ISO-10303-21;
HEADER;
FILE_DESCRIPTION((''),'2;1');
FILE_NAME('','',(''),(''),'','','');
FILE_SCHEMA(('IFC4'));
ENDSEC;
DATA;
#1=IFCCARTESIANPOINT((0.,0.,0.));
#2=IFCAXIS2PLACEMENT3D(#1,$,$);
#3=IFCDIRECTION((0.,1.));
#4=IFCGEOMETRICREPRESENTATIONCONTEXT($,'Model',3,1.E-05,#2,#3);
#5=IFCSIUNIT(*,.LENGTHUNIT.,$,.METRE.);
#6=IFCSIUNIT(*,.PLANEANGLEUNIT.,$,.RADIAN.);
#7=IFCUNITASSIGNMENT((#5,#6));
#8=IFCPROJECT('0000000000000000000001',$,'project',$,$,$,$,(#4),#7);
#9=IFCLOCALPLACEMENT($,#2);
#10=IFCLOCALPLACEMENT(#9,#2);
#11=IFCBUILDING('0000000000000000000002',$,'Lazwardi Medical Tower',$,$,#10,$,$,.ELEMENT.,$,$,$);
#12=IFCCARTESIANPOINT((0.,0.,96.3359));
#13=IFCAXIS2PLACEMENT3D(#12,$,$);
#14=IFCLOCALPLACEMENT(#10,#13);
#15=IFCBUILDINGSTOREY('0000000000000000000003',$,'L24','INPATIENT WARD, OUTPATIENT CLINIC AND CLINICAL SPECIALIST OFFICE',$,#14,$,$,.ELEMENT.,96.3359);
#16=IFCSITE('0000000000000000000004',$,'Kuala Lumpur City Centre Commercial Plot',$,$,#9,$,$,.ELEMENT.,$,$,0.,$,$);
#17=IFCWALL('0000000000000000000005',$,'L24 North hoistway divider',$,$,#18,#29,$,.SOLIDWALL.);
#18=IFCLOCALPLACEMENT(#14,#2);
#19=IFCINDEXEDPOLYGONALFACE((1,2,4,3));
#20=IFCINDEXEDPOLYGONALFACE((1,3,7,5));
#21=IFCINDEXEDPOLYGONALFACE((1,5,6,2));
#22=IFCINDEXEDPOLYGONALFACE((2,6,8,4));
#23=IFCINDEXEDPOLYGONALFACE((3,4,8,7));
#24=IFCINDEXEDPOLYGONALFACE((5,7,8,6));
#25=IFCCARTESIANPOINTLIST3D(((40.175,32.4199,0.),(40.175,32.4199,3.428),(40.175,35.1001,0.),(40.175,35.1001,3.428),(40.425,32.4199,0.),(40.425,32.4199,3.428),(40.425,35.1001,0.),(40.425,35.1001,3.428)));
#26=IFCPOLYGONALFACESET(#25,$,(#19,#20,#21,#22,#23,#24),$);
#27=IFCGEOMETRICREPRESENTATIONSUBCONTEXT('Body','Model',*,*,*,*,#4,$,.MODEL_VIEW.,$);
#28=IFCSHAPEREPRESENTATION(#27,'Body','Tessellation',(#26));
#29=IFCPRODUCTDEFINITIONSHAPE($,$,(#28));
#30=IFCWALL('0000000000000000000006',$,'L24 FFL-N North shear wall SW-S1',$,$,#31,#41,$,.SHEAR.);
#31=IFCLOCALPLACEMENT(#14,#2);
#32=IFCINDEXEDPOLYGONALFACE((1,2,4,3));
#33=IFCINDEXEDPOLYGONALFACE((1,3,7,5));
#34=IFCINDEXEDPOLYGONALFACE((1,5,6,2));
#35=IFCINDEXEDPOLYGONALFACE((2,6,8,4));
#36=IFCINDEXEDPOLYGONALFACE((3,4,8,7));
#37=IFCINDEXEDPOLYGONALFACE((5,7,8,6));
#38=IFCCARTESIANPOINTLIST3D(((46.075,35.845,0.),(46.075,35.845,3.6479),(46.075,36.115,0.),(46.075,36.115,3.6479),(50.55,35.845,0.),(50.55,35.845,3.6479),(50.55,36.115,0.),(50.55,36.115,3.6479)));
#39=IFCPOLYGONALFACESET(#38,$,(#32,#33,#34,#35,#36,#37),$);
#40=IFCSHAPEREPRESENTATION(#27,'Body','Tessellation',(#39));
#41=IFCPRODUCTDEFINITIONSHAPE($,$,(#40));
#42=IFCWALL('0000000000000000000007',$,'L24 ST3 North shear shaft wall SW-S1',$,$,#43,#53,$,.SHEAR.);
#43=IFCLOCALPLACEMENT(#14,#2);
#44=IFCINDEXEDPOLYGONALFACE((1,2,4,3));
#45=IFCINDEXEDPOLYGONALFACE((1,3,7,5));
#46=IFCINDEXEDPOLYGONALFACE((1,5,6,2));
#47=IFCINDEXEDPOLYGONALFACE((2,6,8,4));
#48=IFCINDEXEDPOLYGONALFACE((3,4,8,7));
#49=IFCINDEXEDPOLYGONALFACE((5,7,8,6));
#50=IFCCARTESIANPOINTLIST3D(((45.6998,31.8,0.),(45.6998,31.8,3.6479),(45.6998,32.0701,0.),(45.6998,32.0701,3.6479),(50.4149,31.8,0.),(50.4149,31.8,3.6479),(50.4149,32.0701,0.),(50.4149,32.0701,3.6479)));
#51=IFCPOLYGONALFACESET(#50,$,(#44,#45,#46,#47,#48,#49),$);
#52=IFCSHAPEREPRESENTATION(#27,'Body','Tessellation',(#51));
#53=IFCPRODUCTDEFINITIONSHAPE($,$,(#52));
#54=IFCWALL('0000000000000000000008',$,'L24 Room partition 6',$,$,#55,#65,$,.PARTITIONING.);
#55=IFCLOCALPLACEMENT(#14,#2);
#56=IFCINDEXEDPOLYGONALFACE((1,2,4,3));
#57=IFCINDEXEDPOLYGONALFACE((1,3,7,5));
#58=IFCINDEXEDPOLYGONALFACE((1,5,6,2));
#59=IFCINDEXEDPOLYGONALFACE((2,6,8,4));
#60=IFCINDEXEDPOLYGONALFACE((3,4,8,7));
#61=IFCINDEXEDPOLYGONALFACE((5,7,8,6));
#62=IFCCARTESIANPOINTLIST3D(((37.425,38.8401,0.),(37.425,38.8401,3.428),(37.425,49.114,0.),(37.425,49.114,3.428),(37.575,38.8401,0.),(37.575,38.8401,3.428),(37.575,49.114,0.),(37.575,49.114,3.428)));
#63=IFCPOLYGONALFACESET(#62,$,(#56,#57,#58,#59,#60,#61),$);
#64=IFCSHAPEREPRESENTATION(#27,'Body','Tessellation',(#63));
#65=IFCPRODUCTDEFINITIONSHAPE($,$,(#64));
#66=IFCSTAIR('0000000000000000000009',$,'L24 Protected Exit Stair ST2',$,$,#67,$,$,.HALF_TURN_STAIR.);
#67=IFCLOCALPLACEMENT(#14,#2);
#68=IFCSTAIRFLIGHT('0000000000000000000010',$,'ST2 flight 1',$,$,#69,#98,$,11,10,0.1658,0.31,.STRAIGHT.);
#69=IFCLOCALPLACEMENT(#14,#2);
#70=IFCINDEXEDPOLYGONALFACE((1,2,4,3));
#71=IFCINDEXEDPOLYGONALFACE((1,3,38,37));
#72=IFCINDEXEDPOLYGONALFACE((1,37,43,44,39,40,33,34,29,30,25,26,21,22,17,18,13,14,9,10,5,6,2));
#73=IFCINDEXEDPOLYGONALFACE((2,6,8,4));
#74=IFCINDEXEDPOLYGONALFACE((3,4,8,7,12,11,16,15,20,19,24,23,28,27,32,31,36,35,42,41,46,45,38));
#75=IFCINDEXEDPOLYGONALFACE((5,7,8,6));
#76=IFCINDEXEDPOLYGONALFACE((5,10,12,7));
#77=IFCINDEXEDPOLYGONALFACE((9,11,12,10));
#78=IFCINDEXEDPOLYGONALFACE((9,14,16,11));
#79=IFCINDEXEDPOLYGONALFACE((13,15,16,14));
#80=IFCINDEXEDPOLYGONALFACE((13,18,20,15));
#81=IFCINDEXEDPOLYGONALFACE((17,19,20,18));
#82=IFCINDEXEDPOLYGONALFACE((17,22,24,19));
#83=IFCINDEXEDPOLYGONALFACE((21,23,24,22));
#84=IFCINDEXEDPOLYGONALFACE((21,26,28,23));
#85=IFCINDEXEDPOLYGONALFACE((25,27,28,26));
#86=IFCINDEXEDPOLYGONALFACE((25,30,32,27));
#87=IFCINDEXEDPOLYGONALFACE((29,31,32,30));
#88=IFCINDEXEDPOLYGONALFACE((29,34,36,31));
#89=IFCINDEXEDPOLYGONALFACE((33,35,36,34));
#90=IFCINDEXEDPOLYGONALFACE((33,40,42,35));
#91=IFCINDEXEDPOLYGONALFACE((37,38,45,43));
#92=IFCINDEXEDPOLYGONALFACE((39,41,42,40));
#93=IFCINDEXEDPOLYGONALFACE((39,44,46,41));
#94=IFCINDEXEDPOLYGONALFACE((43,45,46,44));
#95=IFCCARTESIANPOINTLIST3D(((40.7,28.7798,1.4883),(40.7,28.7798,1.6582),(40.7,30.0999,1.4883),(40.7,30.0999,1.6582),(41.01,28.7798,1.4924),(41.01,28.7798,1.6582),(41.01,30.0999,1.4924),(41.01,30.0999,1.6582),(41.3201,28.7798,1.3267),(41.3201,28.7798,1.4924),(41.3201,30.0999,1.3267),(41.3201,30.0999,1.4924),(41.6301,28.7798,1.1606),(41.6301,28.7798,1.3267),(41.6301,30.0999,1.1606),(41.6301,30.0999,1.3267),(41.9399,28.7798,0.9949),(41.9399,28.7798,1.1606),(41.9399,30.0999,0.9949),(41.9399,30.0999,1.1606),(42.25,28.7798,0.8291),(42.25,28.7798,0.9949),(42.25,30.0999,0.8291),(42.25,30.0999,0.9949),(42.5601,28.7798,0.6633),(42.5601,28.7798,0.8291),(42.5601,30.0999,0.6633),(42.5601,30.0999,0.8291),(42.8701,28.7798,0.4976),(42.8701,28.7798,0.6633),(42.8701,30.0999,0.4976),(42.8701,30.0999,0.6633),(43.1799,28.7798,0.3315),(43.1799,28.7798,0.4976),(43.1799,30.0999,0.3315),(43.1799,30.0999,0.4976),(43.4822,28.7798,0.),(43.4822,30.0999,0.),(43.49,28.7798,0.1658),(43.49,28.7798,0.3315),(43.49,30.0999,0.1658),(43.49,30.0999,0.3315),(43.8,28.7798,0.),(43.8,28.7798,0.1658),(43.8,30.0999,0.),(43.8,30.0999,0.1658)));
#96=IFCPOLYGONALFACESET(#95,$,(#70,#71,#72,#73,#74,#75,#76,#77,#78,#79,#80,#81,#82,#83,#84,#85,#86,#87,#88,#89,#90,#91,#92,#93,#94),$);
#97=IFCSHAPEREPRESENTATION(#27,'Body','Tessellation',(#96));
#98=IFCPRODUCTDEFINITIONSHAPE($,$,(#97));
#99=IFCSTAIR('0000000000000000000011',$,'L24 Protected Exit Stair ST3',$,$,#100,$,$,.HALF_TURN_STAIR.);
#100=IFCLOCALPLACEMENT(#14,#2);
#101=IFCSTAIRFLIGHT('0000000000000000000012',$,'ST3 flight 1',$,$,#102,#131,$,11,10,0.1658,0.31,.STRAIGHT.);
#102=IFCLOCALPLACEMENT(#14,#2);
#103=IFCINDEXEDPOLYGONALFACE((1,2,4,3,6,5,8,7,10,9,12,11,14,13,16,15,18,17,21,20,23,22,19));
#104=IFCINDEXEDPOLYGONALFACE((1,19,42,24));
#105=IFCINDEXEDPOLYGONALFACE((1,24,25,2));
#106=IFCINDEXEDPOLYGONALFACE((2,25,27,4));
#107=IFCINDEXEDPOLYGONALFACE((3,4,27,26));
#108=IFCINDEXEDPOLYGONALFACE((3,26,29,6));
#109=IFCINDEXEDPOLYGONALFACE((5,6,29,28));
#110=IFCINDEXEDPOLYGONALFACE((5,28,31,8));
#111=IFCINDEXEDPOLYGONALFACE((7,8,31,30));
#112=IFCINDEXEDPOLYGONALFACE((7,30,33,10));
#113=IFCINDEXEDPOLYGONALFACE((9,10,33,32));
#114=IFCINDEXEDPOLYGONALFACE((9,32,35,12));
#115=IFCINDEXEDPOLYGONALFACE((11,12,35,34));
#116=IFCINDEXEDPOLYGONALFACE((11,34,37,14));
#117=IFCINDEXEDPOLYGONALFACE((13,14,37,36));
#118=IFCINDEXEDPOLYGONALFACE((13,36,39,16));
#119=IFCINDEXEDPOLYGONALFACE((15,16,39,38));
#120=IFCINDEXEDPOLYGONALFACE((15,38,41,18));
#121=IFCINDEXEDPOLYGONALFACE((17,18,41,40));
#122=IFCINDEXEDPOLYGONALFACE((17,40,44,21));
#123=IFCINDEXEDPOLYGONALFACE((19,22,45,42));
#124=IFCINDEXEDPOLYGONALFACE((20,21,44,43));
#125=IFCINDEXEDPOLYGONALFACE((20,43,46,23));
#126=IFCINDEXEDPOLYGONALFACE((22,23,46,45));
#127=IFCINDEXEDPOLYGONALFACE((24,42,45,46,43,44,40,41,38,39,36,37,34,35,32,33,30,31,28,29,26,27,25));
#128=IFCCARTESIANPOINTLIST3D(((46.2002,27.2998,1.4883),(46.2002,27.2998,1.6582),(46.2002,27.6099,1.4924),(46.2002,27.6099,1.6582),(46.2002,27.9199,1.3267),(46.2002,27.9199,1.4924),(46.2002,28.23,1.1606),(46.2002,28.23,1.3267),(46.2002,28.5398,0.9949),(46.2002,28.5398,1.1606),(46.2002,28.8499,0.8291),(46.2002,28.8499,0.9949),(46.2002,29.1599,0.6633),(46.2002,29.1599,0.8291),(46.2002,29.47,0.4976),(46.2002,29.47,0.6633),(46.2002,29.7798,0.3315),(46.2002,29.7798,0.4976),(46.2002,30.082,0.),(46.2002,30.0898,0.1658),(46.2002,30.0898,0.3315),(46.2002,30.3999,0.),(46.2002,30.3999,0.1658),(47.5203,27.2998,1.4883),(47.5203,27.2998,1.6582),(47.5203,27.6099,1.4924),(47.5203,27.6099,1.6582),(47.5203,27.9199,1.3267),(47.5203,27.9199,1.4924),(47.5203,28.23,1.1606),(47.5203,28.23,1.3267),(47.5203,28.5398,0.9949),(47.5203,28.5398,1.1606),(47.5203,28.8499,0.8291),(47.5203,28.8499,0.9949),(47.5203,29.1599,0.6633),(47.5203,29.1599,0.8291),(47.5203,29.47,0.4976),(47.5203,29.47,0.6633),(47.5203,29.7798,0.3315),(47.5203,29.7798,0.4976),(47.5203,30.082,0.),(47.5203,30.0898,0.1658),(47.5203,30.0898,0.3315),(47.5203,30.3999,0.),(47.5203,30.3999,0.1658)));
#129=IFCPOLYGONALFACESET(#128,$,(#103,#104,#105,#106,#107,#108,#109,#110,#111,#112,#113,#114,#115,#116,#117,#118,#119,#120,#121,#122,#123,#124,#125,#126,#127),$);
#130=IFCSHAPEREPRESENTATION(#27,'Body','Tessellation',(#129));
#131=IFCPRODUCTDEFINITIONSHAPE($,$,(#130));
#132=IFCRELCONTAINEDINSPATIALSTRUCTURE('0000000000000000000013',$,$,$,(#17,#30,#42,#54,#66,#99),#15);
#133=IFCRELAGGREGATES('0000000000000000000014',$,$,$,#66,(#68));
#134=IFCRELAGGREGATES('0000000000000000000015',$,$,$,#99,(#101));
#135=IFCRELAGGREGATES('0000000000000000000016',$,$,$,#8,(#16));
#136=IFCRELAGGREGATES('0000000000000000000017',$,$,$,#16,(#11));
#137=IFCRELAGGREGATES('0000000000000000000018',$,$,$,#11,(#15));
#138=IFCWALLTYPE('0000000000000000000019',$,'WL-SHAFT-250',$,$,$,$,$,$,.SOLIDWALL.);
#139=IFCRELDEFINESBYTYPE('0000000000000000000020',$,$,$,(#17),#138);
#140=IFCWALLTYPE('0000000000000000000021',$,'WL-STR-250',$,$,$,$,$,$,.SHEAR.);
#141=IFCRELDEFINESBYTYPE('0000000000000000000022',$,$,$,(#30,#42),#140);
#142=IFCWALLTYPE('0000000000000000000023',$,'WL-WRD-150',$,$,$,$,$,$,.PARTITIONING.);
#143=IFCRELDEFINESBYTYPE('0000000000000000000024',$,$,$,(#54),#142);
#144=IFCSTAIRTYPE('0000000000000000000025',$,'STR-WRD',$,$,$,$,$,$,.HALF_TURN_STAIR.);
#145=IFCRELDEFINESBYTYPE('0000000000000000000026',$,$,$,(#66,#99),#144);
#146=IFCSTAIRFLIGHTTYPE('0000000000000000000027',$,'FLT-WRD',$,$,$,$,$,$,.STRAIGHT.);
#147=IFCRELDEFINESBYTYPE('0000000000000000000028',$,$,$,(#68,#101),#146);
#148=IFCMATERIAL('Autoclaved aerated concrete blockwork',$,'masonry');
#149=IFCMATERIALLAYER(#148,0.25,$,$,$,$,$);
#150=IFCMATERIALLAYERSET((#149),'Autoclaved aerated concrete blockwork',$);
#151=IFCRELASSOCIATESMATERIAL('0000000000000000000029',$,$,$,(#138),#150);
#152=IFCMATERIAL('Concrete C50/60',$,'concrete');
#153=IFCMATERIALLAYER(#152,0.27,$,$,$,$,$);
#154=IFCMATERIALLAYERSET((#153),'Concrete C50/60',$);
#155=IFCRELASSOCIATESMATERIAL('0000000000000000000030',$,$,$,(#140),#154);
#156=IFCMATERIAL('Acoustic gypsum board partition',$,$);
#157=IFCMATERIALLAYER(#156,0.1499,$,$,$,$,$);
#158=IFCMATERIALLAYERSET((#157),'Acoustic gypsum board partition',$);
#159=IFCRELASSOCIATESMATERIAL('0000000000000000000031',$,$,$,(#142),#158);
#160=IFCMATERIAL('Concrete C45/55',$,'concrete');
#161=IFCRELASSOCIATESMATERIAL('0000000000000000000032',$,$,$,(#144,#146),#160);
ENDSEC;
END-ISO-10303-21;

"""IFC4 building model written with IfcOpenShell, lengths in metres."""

from ifc_helpers import new_model, si_unit, direction, frame, frame_2d, origin, place, context, subcontext, project, spatial, polyline, rectangle, outline, extrude, material, layer, layer_set, type_object, element, aggregate, save


model = new_model("IFC4")

# Units and contexts
model_context = context("Model", 3, precision=1e-05, world=origin(), true_north=direction((0.0, 1.0)))
body_context = subcontext(model_context, "Body", "Model", "MODEL_VIEW")
ifc_project = project(units=[si_unit("LENGTHUNIT", "METRE"), si_unit("PLANEANGLEUNIT", "RADIAN")], contexts=[model_context])

# Site, building, storey
site_placement = place(None, origin())
site = spatial("IfcSite", under=ifc_project, at=site_placement, Name="Kuala Lumpur City Centre Commercial Plot", CompositionType="ELEMENT", RefElevation=0.0)
building_placement = place(site_placement, origin())
building = spatial("IfcBuilding", under=site, at=building_placement, Name="Lazwardi Medical Tower", CompositionType="ELEMENT")
storey_placement = place(building_placement, frame((0.0, 0.0, 96.3359)))
storey = spatial("IfcBuildingStorey", under=building, at=storey_placement, Name="L24", Description="INPATIENT WARD, OUTPATIENT CLINIC AND CLINICAL SPECIALIST OFFICE", CompositionType="ELEMENT", Elevation=96.3359)

# Wall
ifc_material_1 = material(Name="Autoclaved aerated concrete blockwork", Category="masonry")
ifc_layer_1 = layer(ifc_material_1, 0.25)
ifc_layer_set_1 = layer_set([ifc_layer_1], Name="Autoclaved aerated concrete blockwork")
wall_type_1 = type_object("IfcWallType", Name="WL-SHAFT-250", PredefinedType="SOLIDWALL", material=ifc_layer_set_1)
for number, where, z_axis, x_axis, name in (
    (1, (40.3, 32.4199, 0.0), (0.0, 0.0, 1.0), (0.0, 1.0, 0.0), "L24 North hoistway divider"),
):
    element("IfcWall", number, at=place(storey_placement, frame(where, z_axis=z_axis, x_axis=x_axis)), inside=storey, type_object=wall_type_1, Name=name, PredefinedType="SOLIDWALL", context=body_context, shape_type="SweptSolid", body=[
        extrude(rectangle(XDim=2.6802, YDim=0.25, at=frame_2d((1.3401, 0.0))), origin(), (0.0, 0.0, 1.0), 3.428),
    ])

# Shared definitions
ifc_material_2 = material(Name="Concrete C50/60", Category="concrete")
ifc_layer_2 = layer(ifc_material_2, 0.27)
ifc_layer_set_2 = layer_set([ifc_layer_2], Name="Concrete C50/60")
wall_type_2 = type_object("IfcWallType", Name="WL-STR-250", PredefinedType="SHEAR", material=ifc_layer_set_2)

# Walls
wall_1_placement = place(storey_placement, frame((46.075, 35.98, 0.0), z_axis=(0.0, 0.0, 1.0), x_axis=(1.0, 0.0, 0.0)))
element("IfcWall", 2, at=wall_1_placement, inside=storey, type_object=wall_type_2, Name="L24 FFL-N North shear wall SW-S1", PredefinedType="SHEAR", context=body_context, shape_type="SweptSolid", body=[
    extrude(rectangle(XDim=4.4751, YDim=0.27, at=frame_2d((2.2375, 0.0))), origin(), (0.0, 0.0, 1.0), 3.6479),
])
wall_2_placement = place(storey_placement, frame((45.7, 31.9351, 0.0), z_axis=(0.0, 0.0, 1.0), x_axis=(1.0, 0.0, 0.0)))
element("IfcWall", 3, at=wall_2_placement, inside=storey, type_object=wall_type_2, Name="L24 ST3 North shear shaft wall SW-S1", PredefinedType="SHEAR", context=body_context, shape_type="SweptSolid", body=[
    extrude(rectangle(XDim=4.7151, YDim=0.27, at=frame_2d((2.3574, 0.0))), origin(), (0.0, 0.0, 1.0), 3.6479),
])
ifc_material_3 = material(Name="Acoustic gypsum board partition")
ifc_layer_3 = layer(ifc_material_3, 0.1499)
ifc_layer_set_3 = layer_set([ifc_layer_3], Name="Acoustic gypsum board partition")
wall_type_3 = type_object("IfcWallType", Name="WL-WRD-150", PredefinedType="PARTITIONING", material=ifc_layer_set_3)
wall_3_placement = place(storey_placement, frame((37.5, 38.8401, 0.0), z_axis=(0.0, 0.0, 1.0), x_axis=(0.0, 1.0, 0.0)))
element("IfcWall", 4, at=wall_3_placement, inside=storey, type_object=wall_type_3, Name="L24 Room partition 6", PredefinedType="PARTITIONING", context=body_context, shape_type="SweptSolid", body=[
    extrude(rectangle(XDim=10.2739, YDim=0.1499, at=frame_2d((5.137, 0.0))), origin(), (0.0, 0.0, 1.0), 3.428),
])

# Stairs, stair flights
ifc_material_4 = material(Name="Concrete C45/55", Category="concrete")
stair_type = type_object("IfcStairType", Name="STR-WRD", PredefinedType="HALF_TURN_STAIR", material=ifc_material_4)
stair_1_placement = place(storey_placement, origin())
stair_1 = element("IfcStair", 5, at=stair_1_placement, inside=storey, type_object=stair_type, Name="L24 Protected Exit Stair ST2", PredefinedType="HALF_TURN_STAIR")
stair_flight_type = type_object("IfcStairFlightType", Name="FLT-WRD", PredefinedType="STRAIGHT", material=ifc_material_4)
stair_flight_1_placement = place(storey_placement, frame((43.8, 29.4399, 0.0), z_axis=(0.0, 0.0, 1.0), x_axis=(-1.0, 0.0, 0.0)))
stair_flight_1 = element("IfcStairFlight", 6, at=stair_flight_1_placement, type_object=stair_flight_type, Name="ST2 flight 1", NumberOfRisers=11, NumberOfTreads=10, PredefinedType="STRAIGHT", RiserHeight=0.1658, TreadLength=0.31, context=body_context, shape_type="SweptSolid", body=[
    extrude(outline(polyline([(0.0, 0.0), (0.0, 0.1658), (0.3101, 0.1658), (0.3101, 0.3315), (0.6201, 0.3315), (0.6201, 0.4976), (0.9299, 0.4976), (0.9299, 0.6633), (1.24, 0.6633), (1.24, 0.8291), (1.55, 0.8291), (1.55, 0.9949), (1.8601, 0.9949), (1.8601, 1.1606), (2.1699, 1.1606), (2.1699, 1.3267), (2.48, 1.3267), (2.48, 1.4924), (2.79, 1.4924), (2.79, 1.6582), (3.1001, 1.6582), (3.1001, 1.824), (3.1001, 1.4883), (0.3179, 0.0), (0.0, 0.0)])), frame((0.0, 0.6602, 0.0), z_axis=(0.0, -1.0, 0.0), x_axis=(1.0, 0.0, 0.0)), (0.0, 0.0, 1.0), 1.3201),
])
aggregate(stair_1, [stair_flight_1])
stair_2_placement = place(storey_placement, origin())
stair_2 = element("IfcStair", 7, at=stair_2_placement, inside=storey, type_object=stair_type, Name="L24 Protected Exit Stair ST3", PredefinedType="HALF_TURN_STAIR")
stair_flight_2_placement = place(storey_placement, frame((46.8601, 30.3999, 0.0), z_axis=(0.0, 0.0, 1.0), x_axis=(0.0, -1.0, 0.0)))
stair_flight_2 = element("IfcStairFlight", 8, at=stair_flight_2_placement, type_object=stair_flight_type, Name="ST3 flight 1", NumberOfRisers=11, NumberOfTreads=10, PredefinedType="STRAIGHT", RiserHeight=0.1658, TreadLength=0.31, context=body_context, shape_type="SweptSolid", body=[
    extrude(outline(polyline([(0.0, 0.0), (0.0, 0.1658), (0.3101, 0.1658), (0.3101, 0.3315), (0.6201, 0.3315), (0.6201, 0.4976), (0.9299, 0.4976), (0.9299, 0.6633), (1.24, 0.6633), (1.24, 0.8291), (1.55, 0.8291), (1.55, 0.9949), (1.8601, 0.9949), (1.8601, 1.1606), (2.1699, 1.1606), (2.1699, 1.3267), (2.48, 1.3267), (2.48, 1.4924), (2.79, 1.4924), (2.79, 1.6582), (3.1001, 1.6582), (3.1001, 1.824), (3.1001, 1.4883), (0.3179, 0.0), (0.0, 0.0)])), frame((0.0, 0.6602, 0.0), z_axis=(0.0, -1.0, 0.0), x_axis=(1.0, 0.0, 0.0)), (0.0, 0.0, 1.0), 1.3201),
])
aggregate(stair_2, [stair_flight_2])

save(model, "model.ifc")
